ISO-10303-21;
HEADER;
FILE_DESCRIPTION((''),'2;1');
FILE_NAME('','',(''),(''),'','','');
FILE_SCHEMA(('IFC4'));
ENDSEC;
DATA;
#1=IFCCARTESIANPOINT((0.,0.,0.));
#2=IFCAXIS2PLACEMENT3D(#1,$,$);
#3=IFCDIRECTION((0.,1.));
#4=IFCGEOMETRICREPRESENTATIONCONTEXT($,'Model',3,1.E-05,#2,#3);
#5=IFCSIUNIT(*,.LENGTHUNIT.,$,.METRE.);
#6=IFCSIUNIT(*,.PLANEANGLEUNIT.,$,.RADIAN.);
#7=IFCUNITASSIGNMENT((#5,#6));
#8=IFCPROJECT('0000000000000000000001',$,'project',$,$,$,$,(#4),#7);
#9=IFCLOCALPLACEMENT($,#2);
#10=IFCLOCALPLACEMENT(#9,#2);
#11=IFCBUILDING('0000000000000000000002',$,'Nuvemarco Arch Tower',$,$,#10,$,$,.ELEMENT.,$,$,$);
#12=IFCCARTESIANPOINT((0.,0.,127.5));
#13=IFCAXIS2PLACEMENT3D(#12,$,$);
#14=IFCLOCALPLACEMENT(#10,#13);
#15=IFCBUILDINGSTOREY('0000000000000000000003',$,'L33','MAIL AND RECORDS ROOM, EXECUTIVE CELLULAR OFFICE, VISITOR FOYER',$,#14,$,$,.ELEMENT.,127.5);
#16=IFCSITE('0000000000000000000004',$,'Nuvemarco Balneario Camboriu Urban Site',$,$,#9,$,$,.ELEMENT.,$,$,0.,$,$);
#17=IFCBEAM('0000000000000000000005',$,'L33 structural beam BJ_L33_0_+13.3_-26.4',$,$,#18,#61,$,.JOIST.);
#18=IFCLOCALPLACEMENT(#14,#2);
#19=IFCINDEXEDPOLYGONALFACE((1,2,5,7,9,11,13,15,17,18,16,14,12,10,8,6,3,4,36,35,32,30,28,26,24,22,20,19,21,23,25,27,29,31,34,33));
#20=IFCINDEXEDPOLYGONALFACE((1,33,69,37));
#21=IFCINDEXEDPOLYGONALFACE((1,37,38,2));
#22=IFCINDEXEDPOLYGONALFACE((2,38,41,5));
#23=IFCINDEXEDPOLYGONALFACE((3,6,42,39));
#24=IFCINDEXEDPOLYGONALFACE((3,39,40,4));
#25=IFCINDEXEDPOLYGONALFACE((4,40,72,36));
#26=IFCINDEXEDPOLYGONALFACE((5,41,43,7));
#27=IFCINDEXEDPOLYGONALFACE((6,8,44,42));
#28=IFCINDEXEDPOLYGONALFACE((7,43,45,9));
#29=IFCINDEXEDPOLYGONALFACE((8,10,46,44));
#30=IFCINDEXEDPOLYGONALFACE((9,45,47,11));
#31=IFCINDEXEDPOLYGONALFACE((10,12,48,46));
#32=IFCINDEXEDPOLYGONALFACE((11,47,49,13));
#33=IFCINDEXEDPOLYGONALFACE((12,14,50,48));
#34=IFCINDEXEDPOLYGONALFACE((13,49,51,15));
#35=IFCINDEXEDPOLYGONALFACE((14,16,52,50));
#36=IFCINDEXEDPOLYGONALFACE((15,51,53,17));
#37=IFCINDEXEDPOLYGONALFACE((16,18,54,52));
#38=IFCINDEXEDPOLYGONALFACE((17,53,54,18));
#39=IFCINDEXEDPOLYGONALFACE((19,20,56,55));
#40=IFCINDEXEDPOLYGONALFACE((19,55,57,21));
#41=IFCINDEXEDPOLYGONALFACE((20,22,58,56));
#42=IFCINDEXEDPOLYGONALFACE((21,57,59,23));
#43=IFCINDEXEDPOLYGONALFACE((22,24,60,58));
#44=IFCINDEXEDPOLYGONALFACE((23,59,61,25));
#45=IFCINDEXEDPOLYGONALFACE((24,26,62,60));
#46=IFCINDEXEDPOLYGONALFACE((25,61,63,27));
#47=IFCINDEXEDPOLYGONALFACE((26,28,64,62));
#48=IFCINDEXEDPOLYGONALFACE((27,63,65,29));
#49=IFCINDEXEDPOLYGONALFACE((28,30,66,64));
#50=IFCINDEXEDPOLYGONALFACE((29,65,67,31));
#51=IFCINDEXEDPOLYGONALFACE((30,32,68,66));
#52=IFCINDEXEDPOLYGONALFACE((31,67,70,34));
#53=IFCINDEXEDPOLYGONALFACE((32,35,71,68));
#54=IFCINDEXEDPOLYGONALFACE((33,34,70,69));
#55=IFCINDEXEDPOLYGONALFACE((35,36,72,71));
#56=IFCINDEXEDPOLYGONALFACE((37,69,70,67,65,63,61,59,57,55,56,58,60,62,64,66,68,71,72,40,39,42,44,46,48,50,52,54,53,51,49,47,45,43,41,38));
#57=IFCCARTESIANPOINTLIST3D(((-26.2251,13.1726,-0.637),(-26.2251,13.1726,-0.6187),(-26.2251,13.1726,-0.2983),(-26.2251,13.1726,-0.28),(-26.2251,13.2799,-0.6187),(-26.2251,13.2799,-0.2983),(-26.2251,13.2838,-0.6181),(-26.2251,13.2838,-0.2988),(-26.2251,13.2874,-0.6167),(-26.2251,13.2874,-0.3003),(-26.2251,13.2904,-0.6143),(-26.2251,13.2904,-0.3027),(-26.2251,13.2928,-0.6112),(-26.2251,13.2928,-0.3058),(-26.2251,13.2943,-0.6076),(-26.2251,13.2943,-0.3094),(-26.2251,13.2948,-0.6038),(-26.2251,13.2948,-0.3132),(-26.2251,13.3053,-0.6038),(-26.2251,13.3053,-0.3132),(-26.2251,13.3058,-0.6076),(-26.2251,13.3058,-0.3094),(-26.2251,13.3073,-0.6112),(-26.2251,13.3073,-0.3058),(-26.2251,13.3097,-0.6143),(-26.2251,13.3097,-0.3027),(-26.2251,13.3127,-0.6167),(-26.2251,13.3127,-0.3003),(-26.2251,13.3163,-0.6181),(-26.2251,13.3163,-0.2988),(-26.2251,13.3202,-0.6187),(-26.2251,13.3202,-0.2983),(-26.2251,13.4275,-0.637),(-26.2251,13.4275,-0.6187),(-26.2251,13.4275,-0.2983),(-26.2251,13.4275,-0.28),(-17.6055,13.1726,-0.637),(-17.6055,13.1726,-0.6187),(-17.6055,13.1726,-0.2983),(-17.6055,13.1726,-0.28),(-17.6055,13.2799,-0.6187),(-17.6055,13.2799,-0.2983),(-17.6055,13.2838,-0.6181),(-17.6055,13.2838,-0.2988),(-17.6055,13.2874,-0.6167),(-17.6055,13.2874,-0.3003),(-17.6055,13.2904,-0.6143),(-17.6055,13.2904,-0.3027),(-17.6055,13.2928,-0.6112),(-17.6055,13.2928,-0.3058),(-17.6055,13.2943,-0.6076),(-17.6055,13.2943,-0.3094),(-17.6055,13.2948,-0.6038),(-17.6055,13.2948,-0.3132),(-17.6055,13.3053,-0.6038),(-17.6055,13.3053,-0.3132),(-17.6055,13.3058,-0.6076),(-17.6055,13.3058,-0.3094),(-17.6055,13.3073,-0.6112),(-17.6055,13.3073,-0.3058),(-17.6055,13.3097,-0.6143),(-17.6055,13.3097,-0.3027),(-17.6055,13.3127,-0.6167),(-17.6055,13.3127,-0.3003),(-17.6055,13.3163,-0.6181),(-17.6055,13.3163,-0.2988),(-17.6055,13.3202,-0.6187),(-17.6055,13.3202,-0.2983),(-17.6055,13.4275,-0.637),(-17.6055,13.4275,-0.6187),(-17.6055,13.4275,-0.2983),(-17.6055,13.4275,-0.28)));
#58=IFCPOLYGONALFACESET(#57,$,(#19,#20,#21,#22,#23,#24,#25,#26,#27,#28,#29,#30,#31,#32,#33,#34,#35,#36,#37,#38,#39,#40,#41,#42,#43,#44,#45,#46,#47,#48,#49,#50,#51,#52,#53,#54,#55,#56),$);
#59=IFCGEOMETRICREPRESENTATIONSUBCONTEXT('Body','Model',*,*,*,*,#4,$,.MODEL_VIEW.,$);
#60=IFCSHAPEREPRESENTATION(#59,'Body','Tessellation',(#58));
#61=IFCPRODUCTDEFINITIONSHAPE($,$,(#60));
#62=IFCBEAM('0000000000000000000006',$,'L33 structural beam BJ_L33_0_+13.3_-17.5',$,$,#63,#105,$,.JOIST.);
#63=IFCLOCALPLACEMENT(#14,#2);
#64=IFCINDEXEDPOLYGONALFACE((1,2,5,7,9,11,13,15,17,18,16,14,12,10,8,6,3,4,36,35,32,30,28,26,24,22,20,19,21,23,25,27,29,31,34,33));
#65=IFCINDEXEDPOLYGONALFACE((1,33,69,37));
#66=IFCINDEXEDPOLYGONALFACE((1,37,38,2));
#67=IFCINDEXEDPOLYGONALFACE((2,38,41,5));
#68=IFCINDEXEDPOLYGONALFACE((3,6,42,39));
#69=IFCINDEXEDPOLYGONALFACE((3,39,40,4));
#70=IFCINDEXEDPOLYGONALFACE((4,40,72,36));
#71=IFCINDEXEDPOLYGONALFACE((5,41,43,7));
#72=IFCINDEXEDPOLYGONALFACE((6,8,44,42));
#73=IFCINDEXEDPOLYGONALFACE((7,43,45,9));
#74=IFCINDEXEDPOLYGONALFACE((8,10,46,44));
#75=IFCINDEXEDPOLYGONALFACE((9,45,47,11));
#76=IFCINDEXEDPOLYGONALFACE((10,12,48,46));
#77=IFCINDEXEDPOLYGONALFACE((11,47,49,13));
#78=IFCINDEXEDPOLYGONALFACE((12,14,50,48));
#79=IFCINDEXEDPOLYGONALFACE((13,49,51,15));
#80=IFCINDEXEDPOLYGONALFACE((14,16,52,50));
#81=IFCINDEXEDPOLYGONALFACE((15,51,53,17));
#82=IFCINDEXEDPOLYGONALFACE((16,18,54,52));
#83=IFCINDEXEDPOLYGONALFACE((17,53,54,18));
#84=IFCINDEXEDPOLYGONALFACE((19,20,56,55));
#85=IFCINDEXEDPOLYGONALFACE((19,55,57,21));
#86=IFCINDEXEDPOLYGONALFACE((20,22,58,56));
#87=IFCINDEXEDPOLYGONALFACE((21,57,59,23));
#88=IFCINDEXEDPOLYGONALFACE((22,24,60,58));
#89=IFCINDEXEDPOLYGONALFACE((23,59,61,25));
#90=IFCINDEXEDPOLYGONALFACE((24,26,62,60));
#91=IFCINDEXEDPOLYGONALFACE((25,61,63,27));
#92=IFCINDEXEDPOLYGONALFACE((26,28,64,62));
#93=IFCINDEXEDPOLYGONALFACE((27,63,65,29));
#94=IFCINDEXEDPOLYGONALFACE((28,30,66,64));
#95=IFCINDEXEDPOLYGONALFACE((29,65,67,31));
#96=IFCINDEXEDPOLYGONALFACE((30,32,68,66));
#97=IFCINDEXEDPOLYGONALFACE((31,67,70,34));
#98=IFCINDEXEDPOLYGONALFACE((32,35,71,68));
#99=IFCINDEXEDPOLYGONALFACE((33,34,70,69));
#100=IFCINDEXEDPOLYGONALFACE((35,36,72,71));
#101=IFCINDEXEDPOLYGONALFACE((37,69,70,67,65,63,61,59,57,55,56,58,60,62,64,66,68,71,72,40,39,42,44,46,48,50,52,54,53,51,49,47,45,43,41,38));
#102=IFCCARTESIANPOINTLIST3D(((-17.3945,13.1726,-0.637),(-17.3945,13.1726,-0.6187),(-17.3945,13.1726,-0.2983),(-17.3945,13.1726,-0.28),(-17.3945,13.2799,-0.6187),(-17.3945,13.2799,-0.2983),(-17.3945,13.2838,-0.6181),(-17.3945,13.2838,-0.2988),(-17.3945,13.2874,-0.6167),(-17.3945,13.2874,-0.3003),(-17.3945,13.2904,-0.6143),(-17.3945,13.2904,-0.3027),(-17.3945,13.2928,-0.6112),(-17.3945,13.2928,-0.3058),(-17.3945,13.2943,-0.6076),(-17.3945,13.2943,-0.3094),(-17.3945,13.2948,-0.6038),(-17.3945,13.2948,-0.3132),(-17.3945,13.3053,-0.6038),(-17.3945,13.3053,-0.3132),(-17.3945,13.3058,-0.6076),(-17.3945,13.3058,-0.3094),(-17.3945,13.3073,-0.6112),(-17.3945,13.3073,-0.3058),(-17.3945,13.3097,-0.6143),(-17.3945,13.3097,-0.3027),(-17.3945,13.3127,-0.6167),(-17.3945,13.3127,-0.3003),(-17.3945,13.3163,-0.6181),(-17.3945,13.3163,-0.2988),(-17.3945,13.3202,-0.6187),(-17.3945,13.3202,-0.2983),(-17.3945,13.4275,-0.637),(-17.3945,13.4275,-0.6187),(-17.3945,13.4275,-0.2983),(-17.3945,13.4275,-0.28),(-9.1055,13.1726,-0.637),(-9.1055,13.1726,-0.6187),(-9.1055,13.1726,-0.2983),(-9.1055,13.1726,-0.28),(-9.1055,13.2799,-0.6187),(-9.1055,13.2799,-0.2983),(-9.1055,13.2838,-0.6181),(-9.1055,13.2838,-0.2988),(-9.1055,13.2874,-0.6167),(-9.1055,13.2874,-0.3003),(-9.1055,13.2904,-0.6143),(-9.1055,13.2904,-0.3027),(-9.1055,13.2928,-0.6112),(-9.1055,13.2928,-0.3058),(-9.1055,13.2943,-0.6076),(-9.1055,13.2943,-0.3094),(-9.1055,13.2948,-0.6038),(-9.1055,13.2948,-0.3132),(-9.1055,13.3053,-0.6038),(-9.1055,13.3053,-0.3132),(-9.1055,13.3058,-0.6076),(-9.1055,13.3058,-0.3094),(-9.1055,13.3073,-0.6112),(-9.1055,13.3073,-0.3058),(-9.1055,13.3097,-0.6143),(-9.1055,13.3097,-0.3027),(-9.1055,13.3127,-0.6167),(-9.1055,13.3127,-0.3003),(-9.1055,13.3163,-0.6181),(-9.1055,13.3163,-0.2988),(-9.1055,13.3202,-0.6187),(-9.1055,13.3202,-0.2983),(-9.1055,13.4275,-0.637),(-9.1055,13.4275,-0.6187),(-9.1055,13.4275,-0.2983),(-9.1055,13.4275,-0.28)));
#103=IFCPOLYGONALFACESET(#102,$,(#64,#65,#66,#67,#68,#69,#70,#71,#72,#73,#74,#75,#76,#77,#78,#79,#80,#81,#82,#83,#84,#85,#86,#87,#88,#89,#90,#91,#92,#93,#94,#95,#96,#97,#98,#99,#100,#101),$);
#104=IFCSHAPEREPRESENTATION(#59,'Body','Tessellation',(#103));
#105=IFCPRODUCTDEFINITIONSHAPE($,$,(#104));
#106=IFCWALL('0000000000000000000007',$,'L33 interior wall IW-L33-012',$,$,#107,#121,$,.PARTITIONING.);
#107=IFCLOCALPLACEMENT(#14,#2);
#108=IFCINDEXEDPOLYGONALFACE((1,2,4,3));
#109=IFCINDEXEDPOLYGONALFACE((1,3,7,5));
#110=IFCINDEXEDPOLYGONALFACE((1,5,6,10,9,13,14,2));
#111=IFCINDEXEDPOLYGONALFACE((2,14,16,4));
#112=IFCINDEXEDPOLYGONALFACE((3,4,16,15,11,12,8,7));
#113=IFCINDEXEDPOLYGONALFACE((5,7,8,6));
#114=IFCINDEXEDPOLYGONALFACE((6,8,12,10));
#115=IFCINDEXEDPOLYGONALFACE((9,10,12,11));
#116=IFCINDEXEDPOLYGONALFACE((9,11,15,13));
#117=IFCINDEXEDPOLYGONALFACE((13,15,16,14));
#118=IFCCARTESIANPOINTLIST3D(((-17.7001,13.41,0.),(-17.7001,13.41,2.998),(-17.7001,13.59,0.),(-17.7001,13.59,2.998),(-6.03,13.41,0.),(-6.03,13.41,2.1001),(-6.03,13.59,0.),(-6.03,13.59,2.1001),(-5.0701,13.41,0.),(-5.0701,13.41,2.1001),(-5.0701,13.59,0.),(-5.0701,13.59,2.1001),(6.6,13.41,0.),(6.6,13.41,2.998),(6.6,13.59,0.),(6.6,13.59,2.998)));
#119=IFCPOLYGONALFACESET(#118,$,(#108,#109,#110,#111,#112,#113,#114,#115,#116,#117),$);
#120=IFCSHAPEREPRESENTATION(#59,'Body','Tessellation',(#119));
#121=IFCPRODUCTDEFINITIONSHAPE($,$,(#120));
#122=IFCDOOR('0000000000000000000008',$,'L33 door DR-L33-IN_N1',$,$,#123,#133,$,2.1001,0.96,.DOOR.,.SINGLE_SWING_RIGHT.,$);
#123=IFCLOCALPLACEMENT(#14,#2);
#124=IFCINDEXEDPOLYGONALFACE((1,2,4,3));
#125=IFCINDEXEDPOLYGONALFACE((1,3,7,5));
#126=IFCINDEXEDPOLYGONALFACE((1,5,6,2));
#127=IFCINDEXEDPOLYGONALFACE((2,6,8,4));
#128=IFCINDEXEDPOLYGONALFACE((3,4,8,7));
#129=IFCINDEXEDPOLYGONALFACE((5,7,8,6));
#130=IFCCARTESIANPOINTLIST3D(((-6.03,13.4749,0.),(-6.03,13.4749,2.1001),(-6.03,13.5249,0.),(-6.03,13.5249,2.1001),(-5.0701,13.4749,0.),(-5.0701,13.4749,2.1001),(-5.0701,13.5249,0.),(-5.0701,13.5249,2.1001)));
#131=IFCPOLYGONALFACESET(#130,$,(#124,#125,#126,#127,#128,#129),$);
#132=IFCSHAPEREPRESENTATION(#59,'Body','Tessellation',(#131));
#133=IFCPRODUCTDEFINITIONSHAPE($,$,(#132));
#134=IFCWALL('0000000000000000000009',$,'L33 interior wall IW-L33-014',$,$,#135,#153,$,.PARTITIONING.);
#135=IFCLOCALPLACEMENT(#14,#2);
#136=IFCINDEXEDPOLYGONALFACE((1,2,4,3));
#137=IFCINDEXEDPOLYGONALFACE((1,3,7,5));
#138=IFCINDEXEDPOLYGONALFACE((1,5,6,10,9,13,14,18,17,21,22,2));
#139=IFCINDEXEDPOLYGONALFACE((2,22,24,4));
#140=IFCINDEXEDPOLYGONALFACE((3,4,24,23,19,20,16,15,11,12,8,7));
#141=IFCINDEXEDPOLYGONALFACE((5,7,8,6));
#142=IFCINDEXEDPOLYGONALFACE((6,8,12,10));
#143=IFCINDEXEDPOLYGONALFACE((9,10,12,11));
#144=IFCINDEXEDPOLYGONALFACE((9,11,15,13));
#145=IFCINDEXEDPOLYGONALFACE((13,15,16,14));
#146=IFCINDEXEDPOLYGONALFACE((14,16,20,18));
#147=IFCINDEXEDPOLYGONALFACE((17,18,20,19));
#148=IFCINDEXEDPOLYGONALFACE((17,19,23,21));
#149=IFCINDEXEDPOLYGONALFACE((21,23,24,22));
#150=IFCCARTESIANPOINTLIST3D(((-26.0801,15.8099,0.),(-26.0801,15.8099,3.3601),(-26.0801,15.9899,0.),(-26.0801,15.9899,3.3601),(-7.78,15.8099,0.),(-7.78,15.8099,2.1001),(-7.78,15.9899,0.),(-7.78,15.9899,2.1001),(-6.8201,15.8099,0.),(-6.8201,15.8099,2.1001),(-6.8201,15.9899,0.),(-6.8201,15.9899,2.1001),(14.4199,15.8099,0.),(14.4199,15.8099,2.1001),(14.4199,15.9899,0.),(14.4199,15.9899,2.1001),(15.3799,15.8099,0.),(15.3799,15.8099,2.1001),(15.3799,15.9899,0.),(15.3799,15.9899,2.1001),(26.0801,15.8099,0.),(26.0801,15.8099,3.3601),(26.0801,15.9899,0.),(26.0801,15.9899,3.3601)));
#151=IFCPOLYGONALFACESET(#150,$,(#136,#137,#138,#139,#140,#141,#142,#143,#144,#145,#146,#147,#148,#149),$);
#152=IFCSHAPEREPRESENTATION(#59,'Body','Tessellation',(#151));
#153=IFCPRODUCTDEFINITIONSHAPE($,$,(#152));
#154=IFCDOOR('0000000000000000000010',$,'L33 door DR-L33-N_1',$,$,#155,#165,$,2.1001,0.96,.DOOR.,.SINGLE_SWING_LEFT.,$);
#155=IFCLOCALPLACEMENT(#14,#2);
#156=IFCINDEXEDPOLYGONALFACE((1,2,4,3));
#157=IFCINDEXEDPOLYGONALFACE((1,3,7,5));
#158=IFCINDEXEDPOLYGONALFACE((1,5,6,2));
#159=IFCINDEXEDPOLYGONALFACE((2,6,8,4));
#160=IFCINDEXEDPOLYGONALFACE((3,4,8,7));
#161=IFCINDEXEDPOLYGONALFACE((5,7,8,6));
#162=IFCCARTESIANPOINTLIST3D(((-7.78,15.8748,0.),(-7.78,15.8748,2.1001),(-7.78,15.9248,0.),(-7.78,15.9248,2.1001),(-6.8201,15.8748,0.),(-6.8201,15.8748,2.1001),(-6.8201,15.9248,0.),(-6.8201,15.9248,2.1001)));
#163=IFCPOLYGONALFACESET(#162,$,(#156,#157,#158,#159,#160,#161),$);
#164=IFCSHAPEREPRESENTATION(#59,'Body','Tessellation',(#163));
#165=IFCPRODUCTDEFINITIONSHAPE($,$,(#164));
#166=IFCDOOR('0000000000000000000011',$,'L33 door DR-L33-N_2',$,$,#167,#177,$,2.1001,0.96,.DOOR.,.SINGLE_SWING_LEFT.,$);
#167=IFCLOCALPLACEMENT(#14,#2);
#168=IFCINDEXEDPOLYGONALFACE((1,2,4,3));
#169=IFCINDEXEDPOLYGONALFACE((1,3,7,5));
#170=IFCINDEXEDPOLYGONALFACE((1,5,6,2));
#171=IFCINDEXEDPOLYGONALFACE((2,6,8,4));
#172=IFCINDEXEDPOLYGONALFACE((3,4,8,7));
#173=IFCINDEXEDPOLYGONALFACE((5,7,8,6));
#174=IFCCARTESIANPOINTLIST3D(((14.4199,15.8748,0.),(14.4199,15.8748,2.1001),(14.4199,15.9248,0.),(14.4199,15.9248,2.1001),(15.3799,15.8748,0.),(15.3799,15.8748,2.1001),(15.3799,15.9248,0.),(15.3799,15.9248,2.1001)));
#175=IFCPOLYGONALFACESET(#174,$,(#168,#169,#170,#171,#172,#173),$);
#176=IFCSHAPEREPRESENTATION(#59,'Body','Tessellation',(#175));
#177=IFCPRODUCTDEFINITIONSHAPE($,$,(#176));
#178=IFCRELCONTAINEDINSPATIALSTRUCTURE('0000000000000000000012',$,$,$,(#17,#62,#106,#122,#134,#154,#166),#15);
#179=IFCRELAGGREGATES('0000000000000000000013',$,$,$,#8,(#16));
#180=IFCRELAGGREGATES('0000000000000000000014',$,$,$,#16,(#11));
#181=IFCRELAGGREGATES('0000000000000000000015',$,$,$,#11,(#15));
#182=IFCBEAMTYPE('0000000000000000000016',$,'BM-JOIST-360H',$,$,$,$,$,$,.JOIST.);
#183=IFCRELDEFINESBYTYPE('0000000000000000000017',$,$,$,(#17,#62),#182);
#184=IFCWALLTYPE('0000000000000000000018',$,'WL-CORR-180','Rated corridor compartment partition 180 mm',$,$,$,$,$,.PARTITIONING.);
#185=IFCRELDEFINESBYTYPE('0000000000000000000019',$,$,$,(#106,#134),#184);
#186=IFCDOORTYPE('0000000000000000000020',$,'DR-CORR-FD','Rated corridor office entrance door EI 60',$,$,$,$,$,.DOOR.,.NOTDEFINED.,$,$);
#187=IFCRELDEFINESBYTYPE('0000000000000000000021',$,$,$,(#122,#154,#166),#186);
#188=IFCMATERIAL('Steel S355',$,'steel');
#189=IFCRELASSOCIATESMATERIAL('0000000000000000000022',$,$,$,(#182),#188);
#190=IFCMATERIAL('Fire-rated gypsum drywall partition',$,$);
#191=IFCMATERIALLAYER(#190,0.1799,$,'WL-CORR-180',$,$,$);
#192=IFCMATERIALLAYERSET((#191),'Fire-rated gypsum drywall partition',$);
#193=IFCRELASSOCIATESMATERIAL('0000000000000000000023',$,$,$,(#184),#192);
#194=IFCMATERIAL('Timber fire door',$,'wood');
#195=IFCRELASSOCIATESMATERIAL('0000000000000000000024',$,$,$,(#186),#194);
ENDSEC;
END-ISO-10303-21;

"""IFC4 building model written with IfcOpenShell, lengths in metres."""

from ifc_helpers import new_model, si_unit, direction, frame, frame_2d, origin, origin_2d, place, context, subcontext, project, spatial, rectangle, i_section, extrude, source, transform, mapped, material, layer, layer_set, material_profile, profile_set, type_object, type_shapes, element, fill, save


model = new_model("IFC4")

# Units and contexts
model_context = context("Model", 3, precision=1e-05, world=origin(), true_north=direction((0.0, 1.0)))
body_context = subcontext(model_context, "Body", "Model", "MODEL_VIEW")
ifc_project = project(units=[si_unit("LENGTHUNIT", "METRE"), si_unit("PLANEANGLEUNIT", "RADIAN")], contexts=[model_context])

# Site, building, storey
site_placement = place(None, origin())
site = spatial("IfcSite", under=ifc_project, at=site_placement, Name="Nuvemarco Balneario Camboriu Urban Site", CompositionType="ELEMENT", RefElevation=0.0)
building_placement = place(site_placement, origin())
building = spatial("IfcBuilding", under=site, at=building_placement, Name="Nuvemarco Arch Tower", CompositionType="ELEMENT")
storey_placement = place(building_placement, frame((0.0, 0.0, 127.5)))
storey = spatial("IfcBuildingStorey", under=building, at=storey_placement, Name="L33", Description="MAIL AND RECORDS ROOM, EXECUTIVE CELLULAR OFFICE, VISITOR FOYER", CompositionType="ELEMENT", Elevation=127.5)

# Shared definitions
ifc_material_1 = material(Name="Steel S355", Category="steel")

# Beams
ifc_material_profile_1 = material_profile(ifc_material_1, i_section(OverallWidth=0.2549, OverallDepth=0.3569, WebThickness=0.0105, FlangeThickness=0.0183, FilletRadius=0.0149, at=origin_2d()), Name="W360x101")
ifc_profile_set_1 = profile_set([ifc_material_profile_1], Name="Steel S355")
beam_type_1 = type_object("IfcBeamType", Name="BM-JOIST-360H", PredefinedType="JOIST", material=ifc_profile_set_1)
beam_1_placement = place(storey_placement, frame((-26.2251, 13.3, -0.4585), z_axis=(1.0, 0.0, 0.0), x_axis=(0.0, 1.0, 0.0)))
element("IfcBeam", 1, at=beam_1_placement, inside=storey, type_object=beam_type_1, Name="L33 structural beam BJ_L33_0_+13.3_-26.4", PredefinedType="JOIST", context=body_context, shape_type="SweptSolid", body=[
    extrude(i_section(OverallWidth=0.2549, OverallDepth=0.3569, WebThickness=0.0105, FlangeThickness=0.0183, FilletRadius=0.0149, at=origin_2d()), origin(), (0.0, 0.0, 1.0), 8.6196),
])
beam_2_placement = place(storey_placement, frame((-17.3945, 13.3, -0.4585), z_axis=(1.0, 0.0, 0.0), x_axis=(0.0, 1.0, 0.0)))
element("IfcBeam", 2, at=beam_2_placement, inside=storey, type_object=beam_type_1, Name="L33 structural beam BJ_L33_0_+13.3_-17.5", PredefinedType="JOIST", context=body_context, shape_type="SweptSolid", body=[
    extrude(i_section(OverallWidth=0.2549, OverallDepth=0.3569, WebThickness=0.0105, FlangeThickness=0.0183, FilletRadius=0.0149, at=origin_2d()), origin(), (0.0, 0.0, 1.0), 8.2891),
])

# Wall, opening, door
ifc_material_2 = material(Name="Fire-rated gypsum drywall partition")
ifc_layer = layer(ifc_material_2, 0.1799, Name="WL-CORR-180")
ifc_layer_set = layer_set([ifc_layer], Name="Fire-rated gypsum drywall partition")
wall_type = type_object("IfcWallType", Name="WL-CORR-180", Description="Rated corridor compartment partition 180 mm", PredefinedType="PARTITIONING", material=ifc_layer_set)
wall_1_placement = place(storey_placement, frame((-17.7, 13.5, 0.0), z_axis=(0.0, 0.0, 1.0), x_axis=(1.0, 0.0, 0.0)))
wall_1 = element("IfcWall", 3, at=wall_1_placement, inside=storey, type_object=wall_type, Name="L33 interior wall IW-L33-012", PredefinedType="PARTITIONING", context=body_context, shape_type="SweptSolid", body=[
    extrude(rectangle(XDim=24.3, YDim=0.1799, at=frame_2d((12.1499, 0.0))), origin(), (0.0, 0.0, 1.0), 2.998),
])
opening_1_placement = place(wall_1_placement, frame((11.6699, 0.0, 0.0)))
opening_1 = element("IfcOpeningElement", 4, at=opening_1_placement, cuts=wall_1, PredefinedType="OPENING", context=body_context, shape_type="SweptSolid", body=[
    extrude(rectangle(XDim=0.96, YDim=2.1001, at=frame_2d((0.48, 1.05))), frame((0.0, 0.0999, 0.0), z_axis=(0.0, -1.0, 0.0), x_axis=(1.0, 0.0, 0.0)), (0.0, 0.0, 1.0), 0.2),
])
ifc_material_3 = material(Name="Timber fire door", Category="wood")
door_type = type_object("IfcDoorType", Name="DR-CORR-FD", Description="Rated corridor office entrance door EI 60", OperationType="NOTDEFINED", PredefinedType="DOOR", material=ifc_material_3)
shared_shape_1 = source(origin(), body_context, "Body", "SweptSolid", [
    extrude(rectangle(XDim=0.96, YDim=2.1001, at=frame_2d((0.48, 1.05))), frame((0.0, 0.0249, 0.0), z_axis=(0.0, -1.0, 0.0), x_axis=(1.0, 0.0, 0.0)), (0.0, 0.0, 1.0), 0.05),
])
type_shapes(door_type, [shared_shape_1])
door_1_placement = place(opening_1_placement, origin())
door_1 = element("IfcDoor", 5, at=door_1_placement, inside=storey, type_object=door_type, Name="L33 door DR-L33-IN_N1", OperationType="SINGLE_SWING_RIGHT", OverallHeight=2.1001, OverallWidth=0.96, PredefinedType="DOOR", context=body_context, shape_type="MappedRepresentation", body=[
    mapped(shared_shape_1, transform((0.0, 0.0, 0.0), scale=1.0)),
])
fill(opening_1, door_1)

# Wall, openings, doors
wall_2_placement = place(storey_placement, frame((-26.0801, 15.8999, 0.0), z_axis=(0.0, 0.0, 1.0), x_axis=(1.0, 0.0, 0.0)))
wall_2 = element("IfcWall", 6, at=wall_2_placement, inside=storey, type_object=wall_type, Name="L33 interior wall IW-L33-014", PredefinedType="PARTITIONING", context=body_context, shape_type="SweptSolid", body=[
    extrude(rectangle(XDim=52.1602, YDim=0.1799, at=frame_2d((26.0801, 0.0))), origin(), (0.0, 0.0, 1.0), 3.3601),
])
opening_2_placement = place(wall_2_placement, frame((18.3, 0.0, 0.0)))
opening_2 = element("IfcOpeningElement", 7, at=opening_2_placement, cuts=wall_2, PredefinedType="OPENING", context=body_context, shape_type="SweptSolid", body=[
    extrude(rectangle(XDim=0.96, YDim=2.1001, at=frame_2d((0.48, 1.05))), frame((0.0, 0.0999, 0.0), z_axis=(0.0, -1.0, 0.0), x_axis=(1.0, 0.0, 0.0)), (0.0, 0.0, 1.0), 0.2),
])
opening_3_placement = place(wall_2_placement, frame((40.5, 0.0, 0.0)))
opening_3 = element("IfcOpeningElement", 8, at=opening_3_placement, cuts=wall_2, PredefinedType="OPENING", context=body_context, shape_type="SweptSolid", body=[
    extrude(rectangle(XDim=0.96, YDim=2.1001, at=frame_2d((0.48, 1.05))), frame((0.0, 0.0999, 0.0), z_axis=(0.0, -1.0, 0.0), x_axis=(1.0, 0.0, 0.0)), (0.0, 0.0, 1.0), 0.2),
])
door_2_placement = place(opening_2_placement, origin())
door_2 = element("IfcDoor", 9, at=door_2_placement, inside=storey, type_object=door_type, Name="L33 door DR-L33-N_1", OperationType="SINGLE_SWING_LEFT", OverallHeight=2.1001, OverallWidth=0.96, PredefinedType="DOOR", context=body_context, shape_type="MappedRepresentation", body=[
    mapped(shared_shape_1, transform((0.0, 0.0, 0.0), scale=1.0)),
])
fill(opening_2, door_2)
door_3_placement = place(opening_3_placement, origin())
door_3 = element("IfcDoor", 10, at=door_3_placement, inside=storey, type_object=door_type, Name="L33 door DR-L33-N_2", OperationType="SINGLE_SWING_LEFT", OverallHeight=2.1001, OverallWidth=0.96, PredefinedType="DOOR", context=body_context, shape_type="MappedRepresentation", body=[
    mapped(shared_shape_1, transform((0.0, 0.0, 0.0), scale=1.0)),
])
fill(opening_3, door_3)

save(model, "model.ifc")
